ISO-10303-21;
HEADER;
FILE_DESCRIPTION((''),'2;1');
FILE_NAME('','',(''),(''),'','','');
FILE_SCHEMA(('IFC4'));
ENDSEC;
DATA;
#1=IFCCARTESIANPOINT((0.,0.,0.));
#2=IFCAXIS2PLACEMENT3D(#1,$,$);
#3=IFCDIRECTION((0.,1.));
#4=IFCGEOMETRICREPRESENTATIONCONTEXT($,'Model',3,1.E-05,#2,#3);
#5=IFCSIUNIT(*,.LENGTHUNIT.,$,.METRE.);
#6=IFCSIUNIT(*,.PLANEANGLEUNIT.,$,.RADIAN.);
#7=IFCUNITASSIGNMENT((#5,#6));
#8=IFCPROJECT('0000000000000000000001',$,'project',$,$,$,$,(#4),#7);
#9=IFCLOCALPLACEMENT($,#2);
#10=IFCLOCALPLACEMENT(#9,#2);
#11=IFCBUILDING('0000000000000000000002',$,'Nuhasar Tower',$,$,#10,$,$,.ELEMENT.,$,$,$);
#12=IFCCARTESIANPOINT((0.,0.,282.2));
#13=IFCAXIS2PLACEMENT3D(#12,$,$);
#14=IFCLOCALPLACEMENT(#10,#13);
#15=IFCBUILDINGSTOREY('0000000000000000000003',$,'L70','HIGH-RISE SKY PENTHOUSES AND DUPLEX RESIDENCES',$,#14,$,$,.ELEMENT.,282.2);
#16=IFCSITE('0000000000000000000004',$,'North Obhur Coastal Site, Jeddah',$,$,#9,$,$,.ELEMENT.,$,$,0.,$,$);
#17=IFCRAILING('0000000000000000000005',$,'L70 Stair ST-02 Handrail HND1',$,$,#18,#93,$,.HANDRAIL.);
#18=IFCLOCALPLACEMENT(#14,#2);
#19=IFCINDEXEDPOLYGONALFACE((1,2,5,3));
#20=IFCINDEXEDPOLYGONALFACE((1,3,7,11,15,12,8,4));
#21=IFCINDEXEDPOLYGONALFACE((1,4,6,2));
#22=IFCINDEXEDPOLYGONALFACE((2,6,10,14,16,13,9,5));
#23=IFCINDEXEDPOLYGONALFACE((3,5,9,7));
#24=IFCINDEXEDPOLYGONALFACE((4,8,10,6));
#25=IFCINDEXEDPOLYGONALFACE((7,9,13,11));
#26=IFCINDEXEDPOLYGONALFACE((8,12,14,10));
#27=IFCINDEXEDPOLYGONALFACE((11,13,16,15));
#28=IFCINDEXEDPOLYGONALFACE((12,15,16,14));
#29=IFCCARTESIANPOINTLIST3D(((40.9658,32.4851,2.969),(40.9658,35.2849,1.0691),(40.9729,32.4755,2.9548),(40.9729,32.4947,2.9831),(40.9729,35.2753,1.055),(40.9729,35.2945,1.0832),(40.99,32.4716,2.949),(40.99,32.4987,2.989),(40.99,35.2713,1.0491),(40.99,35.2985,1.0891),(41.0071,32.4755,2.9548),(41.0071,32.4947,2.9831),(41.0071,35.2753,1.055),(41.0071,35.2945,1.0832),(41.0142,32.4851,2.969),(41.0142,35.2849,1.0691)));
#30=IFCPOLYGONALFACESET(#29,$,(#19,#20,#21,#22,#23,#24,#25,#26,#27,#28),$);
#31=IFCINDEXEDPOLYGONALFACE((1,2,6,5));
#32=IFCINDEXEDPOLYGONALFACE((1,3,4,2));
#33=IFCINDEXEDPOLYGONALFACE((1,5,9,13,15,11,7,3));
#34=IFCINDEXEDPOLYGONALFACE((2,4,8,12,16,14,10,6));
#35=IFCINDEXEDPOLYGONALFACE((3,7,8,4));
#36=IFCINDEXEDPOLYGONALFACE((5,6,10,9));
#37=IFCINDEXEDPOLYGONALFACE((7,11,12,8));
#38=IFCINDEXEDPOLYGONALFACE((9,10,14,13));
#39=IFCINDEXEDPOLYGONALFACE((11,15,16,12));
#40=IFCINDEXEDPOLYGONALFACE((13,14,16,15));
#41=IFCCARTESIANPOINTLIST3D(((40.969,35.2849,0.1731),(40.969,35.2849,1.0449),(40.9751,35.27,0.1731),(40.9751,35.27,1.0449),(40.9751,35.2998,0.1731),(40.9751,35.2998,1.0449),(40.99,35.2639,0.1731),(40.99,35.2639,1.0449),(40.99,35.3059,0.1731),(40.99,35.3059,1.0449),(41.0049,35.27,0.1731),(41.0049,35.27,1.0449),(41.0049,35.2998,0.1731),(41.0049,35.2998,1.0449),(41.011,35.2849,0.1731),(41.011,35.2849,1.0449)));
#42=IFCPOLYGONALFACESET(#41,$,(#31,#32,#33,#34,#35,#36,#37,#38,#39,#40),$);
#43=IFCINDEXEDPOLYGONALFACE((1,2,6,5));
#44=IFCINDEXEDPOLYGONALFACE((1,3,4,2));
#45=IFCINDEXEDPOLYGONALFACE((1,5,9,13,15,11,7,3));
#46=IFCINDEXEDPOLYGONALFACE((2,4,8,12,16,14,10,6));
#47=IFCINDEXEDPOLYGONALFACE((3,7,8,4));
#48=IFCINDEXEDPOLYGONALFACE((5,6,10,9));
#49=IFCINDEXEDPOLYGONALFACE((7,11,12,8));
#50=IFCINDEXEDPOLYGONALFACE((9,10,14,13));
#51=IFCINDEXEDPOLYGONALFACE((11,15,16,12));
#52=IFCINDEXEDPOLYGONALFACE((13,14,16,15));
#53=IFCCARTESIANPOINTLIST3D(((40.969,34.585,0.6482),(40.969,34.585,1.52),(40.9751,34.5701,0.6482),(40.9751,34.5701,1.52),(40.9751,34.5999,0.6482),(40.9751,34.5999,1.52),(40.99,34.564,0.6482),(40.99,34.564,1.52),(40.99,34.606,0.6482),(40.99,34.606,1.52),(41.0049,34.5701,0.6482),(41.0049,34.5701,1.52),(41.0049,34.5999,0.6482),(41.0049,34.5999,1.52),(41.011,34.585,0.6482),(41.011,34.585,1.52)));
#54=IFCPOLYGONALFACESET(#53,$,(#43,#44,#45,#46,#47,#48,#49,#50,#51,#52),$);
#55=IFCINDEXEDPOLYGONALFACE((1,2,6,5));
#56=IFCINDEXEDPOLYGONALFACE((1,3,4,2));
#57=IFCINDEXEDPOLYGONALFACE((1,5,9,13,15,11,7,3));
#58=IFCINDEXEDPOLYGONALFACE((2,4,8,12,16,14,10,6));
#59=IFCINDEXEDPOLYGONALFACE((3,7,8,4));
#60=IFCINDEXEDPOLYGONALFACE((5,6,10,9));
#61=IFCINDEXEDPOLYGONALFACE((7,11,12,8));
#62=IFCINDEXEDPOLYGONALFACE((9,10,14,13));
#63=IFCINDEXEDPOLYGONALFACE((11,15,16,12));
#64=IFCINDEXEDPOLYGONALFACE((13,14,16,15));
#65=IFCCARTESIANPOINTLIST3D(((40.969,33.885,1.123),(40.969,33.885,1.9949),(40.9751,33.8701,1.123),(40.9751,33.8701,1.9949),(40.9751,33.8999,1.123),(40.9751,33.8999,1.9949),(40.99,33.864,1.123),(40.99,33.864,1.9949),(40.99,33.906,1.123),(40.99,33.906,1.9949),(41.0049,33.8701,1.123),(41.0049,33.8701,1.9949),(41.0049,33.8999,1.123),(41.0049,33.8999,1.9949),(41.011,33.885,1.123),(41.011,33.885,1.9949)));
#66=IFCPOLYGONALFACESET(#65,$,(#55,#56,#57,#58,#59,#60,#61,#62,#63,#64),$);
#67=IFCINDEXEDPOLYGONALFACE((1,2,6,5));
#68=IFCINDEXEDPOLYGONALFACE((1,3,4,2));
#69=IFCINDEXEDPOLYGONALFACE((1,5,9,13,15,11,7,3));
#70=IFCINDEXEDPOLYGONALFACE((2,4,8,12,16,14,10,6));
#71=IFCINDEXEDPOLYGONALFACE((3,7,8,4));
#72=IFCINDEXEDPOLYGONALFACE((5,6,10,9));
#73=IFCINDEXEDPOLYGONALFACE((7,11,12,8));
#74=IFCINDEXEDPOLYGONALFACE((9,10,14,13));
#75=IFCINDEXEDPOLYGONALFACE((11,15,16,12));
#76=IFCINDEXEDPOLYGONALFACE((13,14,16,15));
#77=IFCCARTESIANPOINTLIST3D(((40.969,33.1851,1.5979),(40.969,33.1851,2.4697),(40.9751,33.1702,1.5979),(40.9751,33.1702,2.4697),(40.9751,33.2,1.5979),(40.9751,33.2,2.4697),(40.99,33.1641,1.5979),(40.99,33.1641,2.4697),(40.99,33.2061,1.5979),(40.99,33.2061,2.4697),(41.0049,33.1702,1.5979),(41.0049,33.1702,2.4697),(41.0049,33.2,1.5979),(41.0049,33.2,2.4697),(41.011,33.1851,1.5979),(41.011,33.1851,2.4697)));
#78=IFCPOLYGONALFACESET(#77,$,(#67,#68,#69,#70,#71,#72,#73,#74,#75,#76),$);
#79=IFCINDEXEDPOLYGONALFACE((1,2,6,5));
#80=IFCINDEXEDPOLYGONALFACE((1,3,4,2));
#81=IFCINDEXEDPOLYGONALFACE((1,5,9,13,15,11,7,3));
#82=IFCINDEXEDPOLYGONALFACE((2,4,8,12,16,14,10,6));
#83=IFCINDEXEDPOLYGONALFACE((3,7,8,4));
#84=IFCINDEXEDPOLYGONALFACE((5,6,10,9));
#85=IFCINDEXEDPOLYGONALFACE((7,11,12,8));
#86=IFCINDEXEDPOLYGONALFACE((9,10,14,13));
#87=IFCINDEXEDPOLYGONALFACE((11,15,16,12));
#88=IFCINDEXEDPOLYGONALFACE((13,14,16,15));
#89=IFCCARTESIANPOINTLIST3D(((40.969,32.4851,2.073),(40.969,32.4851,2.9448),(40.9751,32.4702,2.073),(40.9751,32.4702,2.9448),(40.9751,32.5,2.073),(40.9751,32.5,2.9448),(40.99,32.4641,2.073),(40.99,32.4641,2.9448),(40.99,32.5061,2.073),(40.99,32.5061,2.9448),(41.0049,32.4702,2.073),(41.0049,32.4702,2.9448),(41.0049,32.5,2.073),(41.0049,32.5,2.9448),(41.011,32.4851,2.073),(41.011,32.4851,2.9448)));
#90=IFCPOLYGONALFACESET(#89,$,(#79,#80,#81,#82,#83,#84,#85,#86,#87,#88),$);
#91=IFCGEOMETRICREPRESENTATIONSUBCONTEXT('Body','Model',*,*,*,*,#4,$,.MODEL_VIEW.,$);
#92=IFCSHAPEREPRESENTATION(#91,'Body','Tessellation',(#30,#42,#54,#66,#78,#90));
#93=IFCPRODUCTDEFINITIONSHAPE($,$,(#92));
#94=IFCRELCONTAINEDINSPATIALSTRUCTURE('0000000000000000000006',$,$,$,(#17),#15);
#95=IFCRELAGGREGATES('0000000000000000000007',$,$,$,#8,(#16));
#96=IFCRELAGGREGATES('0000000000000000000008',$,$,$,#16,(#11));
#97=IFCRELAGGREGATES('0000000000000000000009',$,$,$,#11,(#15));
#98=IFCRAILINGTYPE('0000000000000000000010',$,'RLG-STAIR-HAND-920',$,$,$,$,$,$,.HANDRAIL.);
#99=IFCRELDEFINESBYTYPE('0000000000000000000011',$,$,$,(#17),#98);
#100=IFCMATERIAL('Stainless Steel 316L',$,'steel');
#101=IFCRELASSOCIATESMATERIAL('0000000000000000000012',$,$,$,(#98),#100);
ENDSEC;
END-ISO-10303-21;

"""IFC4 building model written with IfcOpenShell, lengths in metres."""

from ifc_helpers import new_model, si_unit, direction, frame, origin, place, context, subcontext, project, spatial, polyline, outline, extrude, material, type_object, element, save


model = new_model("IFC4")

# Units and contexts
model_context = context("Model", 3, precision=1e-05, world=origin(), true_north=direction((0.0, 1.0)))
body_context = subcontext(model_context, "Body", "Model", "MODEL_VIEW")
ifc_project = project(units=[si_unit("LENGTHUNIT", "METRE"), si_unit("PLANEANGLEUNIT", "RADIAN")], contexts=[model_context])

# Site, building, storey
site_placement = place(None, origin())
site = spatial("IfcSite", under=ifc_project, at=site_placement, Name="North Obhur Coastal Site, Jeddah", CompositionType="ELEMENT", RefElevation=0.0)
building_placement = place(site_placement, origin())
building = spatial("IfcBuilding", under=site, at=building_placement, Name="Nuhasar Tower", CompositionType="ELEMENT")
storey_placement = place(building_placement, frame((0.0, 0.0, 282.2)))
storey = spatial("IfcBuildingStorey", under=building, at=storey_placement, Name="L70", Description="HIGH-RISE SKY PENTHOUSES AND DUPLEX RESIDENCES", CompositionType="ELEMENT", Elevation=282.2)

# Railing
ifc_material_1 = material(Name="Stainless Steel 316L", Category="steel")
railing_type_1 = type_object("IfcRailingType", Name="RLG-STAIR-HAND-920", PredefinedType="HANDRAIL", material=ifc_material_1)
railing_1_placement = place(storey_placement, frame((40.99, 35.2849, 0.1731)))
element("IfcRailing", 1, at=railing_1_placement, inside=storey, type_object=railing_type_1, Name="L70 Stair ST-02 Handrail HND1", PredefinedType="HANDRAIL", context=body_context, shape_type="SweptSolid", body=[
    extrude(outline(polyline([(0.0242, 0.0), (0.0171, 0.0171), (0.0, 0.0242), (-0.0171, 0.0171), (-0.0242, 0.0), (-0.0171, -0.0171), (0.0, -0.0242), (0.0171, -0.0171), (0.0242, 0.0)])), frame((0.0, 0.0, 0.896), z_axis=(0.0, -0.827471, 0.561508), x_axis=(1.0, 0.0, 0.0)), (0.0, 0.0, 1.0), 3.3835),
    extrude(outline(polyline([(0.021, 0.0), (0.0149, 0.0149), (0.0, 0.021), (-0.0149, 0.0149), (-0.021, 0.0), (-0.0149, -0.0149), (0.0, -0.021), (0.0149, -0.0149), (0.021, 0.0)])), origin(), (0.0, 0.0, 1.0), 0.8718),
    extrude(outline(polyline([(0.021, 0.0), (0.0149, 0.0149), (0.0, 0.021), (-0.0149, 0.0149), (-0.021, 0.0), (-0.0149, -0.0149), (0.0, -0.021), (0.0149, -0.0149), (0.021, 0.0)])), frame((0.0, -0.7, 0.4751)), (0.0, 0.0, 1.0), 0.8718),
    extrude(outline(polyline([(0.021, 0.0), (0.0149, 0.0149), (0.0, 0.021), (-0.0149, 0.0149), (-0.021, 0.0), (-0.0149, -0.0149), (0.0, -0.021), (0.0149, -0.0149), (0.021, 0.0)])), frame((0.0, -1.3999, 0.95)), (0.0, 0.0, 1.0), 0.8718),
    extrude(outline(polyline([(0.021, 0.0), (0.0149, 0.0149), (0.0, 0.021), (-0.0149, 0.0149), (-0.021, 0.0), (-0.0149, -0.0149), (0.0, -0.021), (0.0149, -0.0149), (0.021, 0.0)])), frame((0.0, -2.0999, 1.4248)), (0.0, 0.0, 1.0), 0.8718),
    extrude(outline(polyline([(0.021, 0.0), (0.0149, 0.0149), (0.0, 0.021), (-0.0149, 0.0149), (-0.021, 0.0), (-0.0149, -0.0149), (0.0, -0.021), (0.0149, -0.0149), (0.021, 0.0)])), frame((0.0, -2.7998, 1.8999)), (0.0, 0.0, 1.0), 0.8718),
])

save(model, "model.ifc")
